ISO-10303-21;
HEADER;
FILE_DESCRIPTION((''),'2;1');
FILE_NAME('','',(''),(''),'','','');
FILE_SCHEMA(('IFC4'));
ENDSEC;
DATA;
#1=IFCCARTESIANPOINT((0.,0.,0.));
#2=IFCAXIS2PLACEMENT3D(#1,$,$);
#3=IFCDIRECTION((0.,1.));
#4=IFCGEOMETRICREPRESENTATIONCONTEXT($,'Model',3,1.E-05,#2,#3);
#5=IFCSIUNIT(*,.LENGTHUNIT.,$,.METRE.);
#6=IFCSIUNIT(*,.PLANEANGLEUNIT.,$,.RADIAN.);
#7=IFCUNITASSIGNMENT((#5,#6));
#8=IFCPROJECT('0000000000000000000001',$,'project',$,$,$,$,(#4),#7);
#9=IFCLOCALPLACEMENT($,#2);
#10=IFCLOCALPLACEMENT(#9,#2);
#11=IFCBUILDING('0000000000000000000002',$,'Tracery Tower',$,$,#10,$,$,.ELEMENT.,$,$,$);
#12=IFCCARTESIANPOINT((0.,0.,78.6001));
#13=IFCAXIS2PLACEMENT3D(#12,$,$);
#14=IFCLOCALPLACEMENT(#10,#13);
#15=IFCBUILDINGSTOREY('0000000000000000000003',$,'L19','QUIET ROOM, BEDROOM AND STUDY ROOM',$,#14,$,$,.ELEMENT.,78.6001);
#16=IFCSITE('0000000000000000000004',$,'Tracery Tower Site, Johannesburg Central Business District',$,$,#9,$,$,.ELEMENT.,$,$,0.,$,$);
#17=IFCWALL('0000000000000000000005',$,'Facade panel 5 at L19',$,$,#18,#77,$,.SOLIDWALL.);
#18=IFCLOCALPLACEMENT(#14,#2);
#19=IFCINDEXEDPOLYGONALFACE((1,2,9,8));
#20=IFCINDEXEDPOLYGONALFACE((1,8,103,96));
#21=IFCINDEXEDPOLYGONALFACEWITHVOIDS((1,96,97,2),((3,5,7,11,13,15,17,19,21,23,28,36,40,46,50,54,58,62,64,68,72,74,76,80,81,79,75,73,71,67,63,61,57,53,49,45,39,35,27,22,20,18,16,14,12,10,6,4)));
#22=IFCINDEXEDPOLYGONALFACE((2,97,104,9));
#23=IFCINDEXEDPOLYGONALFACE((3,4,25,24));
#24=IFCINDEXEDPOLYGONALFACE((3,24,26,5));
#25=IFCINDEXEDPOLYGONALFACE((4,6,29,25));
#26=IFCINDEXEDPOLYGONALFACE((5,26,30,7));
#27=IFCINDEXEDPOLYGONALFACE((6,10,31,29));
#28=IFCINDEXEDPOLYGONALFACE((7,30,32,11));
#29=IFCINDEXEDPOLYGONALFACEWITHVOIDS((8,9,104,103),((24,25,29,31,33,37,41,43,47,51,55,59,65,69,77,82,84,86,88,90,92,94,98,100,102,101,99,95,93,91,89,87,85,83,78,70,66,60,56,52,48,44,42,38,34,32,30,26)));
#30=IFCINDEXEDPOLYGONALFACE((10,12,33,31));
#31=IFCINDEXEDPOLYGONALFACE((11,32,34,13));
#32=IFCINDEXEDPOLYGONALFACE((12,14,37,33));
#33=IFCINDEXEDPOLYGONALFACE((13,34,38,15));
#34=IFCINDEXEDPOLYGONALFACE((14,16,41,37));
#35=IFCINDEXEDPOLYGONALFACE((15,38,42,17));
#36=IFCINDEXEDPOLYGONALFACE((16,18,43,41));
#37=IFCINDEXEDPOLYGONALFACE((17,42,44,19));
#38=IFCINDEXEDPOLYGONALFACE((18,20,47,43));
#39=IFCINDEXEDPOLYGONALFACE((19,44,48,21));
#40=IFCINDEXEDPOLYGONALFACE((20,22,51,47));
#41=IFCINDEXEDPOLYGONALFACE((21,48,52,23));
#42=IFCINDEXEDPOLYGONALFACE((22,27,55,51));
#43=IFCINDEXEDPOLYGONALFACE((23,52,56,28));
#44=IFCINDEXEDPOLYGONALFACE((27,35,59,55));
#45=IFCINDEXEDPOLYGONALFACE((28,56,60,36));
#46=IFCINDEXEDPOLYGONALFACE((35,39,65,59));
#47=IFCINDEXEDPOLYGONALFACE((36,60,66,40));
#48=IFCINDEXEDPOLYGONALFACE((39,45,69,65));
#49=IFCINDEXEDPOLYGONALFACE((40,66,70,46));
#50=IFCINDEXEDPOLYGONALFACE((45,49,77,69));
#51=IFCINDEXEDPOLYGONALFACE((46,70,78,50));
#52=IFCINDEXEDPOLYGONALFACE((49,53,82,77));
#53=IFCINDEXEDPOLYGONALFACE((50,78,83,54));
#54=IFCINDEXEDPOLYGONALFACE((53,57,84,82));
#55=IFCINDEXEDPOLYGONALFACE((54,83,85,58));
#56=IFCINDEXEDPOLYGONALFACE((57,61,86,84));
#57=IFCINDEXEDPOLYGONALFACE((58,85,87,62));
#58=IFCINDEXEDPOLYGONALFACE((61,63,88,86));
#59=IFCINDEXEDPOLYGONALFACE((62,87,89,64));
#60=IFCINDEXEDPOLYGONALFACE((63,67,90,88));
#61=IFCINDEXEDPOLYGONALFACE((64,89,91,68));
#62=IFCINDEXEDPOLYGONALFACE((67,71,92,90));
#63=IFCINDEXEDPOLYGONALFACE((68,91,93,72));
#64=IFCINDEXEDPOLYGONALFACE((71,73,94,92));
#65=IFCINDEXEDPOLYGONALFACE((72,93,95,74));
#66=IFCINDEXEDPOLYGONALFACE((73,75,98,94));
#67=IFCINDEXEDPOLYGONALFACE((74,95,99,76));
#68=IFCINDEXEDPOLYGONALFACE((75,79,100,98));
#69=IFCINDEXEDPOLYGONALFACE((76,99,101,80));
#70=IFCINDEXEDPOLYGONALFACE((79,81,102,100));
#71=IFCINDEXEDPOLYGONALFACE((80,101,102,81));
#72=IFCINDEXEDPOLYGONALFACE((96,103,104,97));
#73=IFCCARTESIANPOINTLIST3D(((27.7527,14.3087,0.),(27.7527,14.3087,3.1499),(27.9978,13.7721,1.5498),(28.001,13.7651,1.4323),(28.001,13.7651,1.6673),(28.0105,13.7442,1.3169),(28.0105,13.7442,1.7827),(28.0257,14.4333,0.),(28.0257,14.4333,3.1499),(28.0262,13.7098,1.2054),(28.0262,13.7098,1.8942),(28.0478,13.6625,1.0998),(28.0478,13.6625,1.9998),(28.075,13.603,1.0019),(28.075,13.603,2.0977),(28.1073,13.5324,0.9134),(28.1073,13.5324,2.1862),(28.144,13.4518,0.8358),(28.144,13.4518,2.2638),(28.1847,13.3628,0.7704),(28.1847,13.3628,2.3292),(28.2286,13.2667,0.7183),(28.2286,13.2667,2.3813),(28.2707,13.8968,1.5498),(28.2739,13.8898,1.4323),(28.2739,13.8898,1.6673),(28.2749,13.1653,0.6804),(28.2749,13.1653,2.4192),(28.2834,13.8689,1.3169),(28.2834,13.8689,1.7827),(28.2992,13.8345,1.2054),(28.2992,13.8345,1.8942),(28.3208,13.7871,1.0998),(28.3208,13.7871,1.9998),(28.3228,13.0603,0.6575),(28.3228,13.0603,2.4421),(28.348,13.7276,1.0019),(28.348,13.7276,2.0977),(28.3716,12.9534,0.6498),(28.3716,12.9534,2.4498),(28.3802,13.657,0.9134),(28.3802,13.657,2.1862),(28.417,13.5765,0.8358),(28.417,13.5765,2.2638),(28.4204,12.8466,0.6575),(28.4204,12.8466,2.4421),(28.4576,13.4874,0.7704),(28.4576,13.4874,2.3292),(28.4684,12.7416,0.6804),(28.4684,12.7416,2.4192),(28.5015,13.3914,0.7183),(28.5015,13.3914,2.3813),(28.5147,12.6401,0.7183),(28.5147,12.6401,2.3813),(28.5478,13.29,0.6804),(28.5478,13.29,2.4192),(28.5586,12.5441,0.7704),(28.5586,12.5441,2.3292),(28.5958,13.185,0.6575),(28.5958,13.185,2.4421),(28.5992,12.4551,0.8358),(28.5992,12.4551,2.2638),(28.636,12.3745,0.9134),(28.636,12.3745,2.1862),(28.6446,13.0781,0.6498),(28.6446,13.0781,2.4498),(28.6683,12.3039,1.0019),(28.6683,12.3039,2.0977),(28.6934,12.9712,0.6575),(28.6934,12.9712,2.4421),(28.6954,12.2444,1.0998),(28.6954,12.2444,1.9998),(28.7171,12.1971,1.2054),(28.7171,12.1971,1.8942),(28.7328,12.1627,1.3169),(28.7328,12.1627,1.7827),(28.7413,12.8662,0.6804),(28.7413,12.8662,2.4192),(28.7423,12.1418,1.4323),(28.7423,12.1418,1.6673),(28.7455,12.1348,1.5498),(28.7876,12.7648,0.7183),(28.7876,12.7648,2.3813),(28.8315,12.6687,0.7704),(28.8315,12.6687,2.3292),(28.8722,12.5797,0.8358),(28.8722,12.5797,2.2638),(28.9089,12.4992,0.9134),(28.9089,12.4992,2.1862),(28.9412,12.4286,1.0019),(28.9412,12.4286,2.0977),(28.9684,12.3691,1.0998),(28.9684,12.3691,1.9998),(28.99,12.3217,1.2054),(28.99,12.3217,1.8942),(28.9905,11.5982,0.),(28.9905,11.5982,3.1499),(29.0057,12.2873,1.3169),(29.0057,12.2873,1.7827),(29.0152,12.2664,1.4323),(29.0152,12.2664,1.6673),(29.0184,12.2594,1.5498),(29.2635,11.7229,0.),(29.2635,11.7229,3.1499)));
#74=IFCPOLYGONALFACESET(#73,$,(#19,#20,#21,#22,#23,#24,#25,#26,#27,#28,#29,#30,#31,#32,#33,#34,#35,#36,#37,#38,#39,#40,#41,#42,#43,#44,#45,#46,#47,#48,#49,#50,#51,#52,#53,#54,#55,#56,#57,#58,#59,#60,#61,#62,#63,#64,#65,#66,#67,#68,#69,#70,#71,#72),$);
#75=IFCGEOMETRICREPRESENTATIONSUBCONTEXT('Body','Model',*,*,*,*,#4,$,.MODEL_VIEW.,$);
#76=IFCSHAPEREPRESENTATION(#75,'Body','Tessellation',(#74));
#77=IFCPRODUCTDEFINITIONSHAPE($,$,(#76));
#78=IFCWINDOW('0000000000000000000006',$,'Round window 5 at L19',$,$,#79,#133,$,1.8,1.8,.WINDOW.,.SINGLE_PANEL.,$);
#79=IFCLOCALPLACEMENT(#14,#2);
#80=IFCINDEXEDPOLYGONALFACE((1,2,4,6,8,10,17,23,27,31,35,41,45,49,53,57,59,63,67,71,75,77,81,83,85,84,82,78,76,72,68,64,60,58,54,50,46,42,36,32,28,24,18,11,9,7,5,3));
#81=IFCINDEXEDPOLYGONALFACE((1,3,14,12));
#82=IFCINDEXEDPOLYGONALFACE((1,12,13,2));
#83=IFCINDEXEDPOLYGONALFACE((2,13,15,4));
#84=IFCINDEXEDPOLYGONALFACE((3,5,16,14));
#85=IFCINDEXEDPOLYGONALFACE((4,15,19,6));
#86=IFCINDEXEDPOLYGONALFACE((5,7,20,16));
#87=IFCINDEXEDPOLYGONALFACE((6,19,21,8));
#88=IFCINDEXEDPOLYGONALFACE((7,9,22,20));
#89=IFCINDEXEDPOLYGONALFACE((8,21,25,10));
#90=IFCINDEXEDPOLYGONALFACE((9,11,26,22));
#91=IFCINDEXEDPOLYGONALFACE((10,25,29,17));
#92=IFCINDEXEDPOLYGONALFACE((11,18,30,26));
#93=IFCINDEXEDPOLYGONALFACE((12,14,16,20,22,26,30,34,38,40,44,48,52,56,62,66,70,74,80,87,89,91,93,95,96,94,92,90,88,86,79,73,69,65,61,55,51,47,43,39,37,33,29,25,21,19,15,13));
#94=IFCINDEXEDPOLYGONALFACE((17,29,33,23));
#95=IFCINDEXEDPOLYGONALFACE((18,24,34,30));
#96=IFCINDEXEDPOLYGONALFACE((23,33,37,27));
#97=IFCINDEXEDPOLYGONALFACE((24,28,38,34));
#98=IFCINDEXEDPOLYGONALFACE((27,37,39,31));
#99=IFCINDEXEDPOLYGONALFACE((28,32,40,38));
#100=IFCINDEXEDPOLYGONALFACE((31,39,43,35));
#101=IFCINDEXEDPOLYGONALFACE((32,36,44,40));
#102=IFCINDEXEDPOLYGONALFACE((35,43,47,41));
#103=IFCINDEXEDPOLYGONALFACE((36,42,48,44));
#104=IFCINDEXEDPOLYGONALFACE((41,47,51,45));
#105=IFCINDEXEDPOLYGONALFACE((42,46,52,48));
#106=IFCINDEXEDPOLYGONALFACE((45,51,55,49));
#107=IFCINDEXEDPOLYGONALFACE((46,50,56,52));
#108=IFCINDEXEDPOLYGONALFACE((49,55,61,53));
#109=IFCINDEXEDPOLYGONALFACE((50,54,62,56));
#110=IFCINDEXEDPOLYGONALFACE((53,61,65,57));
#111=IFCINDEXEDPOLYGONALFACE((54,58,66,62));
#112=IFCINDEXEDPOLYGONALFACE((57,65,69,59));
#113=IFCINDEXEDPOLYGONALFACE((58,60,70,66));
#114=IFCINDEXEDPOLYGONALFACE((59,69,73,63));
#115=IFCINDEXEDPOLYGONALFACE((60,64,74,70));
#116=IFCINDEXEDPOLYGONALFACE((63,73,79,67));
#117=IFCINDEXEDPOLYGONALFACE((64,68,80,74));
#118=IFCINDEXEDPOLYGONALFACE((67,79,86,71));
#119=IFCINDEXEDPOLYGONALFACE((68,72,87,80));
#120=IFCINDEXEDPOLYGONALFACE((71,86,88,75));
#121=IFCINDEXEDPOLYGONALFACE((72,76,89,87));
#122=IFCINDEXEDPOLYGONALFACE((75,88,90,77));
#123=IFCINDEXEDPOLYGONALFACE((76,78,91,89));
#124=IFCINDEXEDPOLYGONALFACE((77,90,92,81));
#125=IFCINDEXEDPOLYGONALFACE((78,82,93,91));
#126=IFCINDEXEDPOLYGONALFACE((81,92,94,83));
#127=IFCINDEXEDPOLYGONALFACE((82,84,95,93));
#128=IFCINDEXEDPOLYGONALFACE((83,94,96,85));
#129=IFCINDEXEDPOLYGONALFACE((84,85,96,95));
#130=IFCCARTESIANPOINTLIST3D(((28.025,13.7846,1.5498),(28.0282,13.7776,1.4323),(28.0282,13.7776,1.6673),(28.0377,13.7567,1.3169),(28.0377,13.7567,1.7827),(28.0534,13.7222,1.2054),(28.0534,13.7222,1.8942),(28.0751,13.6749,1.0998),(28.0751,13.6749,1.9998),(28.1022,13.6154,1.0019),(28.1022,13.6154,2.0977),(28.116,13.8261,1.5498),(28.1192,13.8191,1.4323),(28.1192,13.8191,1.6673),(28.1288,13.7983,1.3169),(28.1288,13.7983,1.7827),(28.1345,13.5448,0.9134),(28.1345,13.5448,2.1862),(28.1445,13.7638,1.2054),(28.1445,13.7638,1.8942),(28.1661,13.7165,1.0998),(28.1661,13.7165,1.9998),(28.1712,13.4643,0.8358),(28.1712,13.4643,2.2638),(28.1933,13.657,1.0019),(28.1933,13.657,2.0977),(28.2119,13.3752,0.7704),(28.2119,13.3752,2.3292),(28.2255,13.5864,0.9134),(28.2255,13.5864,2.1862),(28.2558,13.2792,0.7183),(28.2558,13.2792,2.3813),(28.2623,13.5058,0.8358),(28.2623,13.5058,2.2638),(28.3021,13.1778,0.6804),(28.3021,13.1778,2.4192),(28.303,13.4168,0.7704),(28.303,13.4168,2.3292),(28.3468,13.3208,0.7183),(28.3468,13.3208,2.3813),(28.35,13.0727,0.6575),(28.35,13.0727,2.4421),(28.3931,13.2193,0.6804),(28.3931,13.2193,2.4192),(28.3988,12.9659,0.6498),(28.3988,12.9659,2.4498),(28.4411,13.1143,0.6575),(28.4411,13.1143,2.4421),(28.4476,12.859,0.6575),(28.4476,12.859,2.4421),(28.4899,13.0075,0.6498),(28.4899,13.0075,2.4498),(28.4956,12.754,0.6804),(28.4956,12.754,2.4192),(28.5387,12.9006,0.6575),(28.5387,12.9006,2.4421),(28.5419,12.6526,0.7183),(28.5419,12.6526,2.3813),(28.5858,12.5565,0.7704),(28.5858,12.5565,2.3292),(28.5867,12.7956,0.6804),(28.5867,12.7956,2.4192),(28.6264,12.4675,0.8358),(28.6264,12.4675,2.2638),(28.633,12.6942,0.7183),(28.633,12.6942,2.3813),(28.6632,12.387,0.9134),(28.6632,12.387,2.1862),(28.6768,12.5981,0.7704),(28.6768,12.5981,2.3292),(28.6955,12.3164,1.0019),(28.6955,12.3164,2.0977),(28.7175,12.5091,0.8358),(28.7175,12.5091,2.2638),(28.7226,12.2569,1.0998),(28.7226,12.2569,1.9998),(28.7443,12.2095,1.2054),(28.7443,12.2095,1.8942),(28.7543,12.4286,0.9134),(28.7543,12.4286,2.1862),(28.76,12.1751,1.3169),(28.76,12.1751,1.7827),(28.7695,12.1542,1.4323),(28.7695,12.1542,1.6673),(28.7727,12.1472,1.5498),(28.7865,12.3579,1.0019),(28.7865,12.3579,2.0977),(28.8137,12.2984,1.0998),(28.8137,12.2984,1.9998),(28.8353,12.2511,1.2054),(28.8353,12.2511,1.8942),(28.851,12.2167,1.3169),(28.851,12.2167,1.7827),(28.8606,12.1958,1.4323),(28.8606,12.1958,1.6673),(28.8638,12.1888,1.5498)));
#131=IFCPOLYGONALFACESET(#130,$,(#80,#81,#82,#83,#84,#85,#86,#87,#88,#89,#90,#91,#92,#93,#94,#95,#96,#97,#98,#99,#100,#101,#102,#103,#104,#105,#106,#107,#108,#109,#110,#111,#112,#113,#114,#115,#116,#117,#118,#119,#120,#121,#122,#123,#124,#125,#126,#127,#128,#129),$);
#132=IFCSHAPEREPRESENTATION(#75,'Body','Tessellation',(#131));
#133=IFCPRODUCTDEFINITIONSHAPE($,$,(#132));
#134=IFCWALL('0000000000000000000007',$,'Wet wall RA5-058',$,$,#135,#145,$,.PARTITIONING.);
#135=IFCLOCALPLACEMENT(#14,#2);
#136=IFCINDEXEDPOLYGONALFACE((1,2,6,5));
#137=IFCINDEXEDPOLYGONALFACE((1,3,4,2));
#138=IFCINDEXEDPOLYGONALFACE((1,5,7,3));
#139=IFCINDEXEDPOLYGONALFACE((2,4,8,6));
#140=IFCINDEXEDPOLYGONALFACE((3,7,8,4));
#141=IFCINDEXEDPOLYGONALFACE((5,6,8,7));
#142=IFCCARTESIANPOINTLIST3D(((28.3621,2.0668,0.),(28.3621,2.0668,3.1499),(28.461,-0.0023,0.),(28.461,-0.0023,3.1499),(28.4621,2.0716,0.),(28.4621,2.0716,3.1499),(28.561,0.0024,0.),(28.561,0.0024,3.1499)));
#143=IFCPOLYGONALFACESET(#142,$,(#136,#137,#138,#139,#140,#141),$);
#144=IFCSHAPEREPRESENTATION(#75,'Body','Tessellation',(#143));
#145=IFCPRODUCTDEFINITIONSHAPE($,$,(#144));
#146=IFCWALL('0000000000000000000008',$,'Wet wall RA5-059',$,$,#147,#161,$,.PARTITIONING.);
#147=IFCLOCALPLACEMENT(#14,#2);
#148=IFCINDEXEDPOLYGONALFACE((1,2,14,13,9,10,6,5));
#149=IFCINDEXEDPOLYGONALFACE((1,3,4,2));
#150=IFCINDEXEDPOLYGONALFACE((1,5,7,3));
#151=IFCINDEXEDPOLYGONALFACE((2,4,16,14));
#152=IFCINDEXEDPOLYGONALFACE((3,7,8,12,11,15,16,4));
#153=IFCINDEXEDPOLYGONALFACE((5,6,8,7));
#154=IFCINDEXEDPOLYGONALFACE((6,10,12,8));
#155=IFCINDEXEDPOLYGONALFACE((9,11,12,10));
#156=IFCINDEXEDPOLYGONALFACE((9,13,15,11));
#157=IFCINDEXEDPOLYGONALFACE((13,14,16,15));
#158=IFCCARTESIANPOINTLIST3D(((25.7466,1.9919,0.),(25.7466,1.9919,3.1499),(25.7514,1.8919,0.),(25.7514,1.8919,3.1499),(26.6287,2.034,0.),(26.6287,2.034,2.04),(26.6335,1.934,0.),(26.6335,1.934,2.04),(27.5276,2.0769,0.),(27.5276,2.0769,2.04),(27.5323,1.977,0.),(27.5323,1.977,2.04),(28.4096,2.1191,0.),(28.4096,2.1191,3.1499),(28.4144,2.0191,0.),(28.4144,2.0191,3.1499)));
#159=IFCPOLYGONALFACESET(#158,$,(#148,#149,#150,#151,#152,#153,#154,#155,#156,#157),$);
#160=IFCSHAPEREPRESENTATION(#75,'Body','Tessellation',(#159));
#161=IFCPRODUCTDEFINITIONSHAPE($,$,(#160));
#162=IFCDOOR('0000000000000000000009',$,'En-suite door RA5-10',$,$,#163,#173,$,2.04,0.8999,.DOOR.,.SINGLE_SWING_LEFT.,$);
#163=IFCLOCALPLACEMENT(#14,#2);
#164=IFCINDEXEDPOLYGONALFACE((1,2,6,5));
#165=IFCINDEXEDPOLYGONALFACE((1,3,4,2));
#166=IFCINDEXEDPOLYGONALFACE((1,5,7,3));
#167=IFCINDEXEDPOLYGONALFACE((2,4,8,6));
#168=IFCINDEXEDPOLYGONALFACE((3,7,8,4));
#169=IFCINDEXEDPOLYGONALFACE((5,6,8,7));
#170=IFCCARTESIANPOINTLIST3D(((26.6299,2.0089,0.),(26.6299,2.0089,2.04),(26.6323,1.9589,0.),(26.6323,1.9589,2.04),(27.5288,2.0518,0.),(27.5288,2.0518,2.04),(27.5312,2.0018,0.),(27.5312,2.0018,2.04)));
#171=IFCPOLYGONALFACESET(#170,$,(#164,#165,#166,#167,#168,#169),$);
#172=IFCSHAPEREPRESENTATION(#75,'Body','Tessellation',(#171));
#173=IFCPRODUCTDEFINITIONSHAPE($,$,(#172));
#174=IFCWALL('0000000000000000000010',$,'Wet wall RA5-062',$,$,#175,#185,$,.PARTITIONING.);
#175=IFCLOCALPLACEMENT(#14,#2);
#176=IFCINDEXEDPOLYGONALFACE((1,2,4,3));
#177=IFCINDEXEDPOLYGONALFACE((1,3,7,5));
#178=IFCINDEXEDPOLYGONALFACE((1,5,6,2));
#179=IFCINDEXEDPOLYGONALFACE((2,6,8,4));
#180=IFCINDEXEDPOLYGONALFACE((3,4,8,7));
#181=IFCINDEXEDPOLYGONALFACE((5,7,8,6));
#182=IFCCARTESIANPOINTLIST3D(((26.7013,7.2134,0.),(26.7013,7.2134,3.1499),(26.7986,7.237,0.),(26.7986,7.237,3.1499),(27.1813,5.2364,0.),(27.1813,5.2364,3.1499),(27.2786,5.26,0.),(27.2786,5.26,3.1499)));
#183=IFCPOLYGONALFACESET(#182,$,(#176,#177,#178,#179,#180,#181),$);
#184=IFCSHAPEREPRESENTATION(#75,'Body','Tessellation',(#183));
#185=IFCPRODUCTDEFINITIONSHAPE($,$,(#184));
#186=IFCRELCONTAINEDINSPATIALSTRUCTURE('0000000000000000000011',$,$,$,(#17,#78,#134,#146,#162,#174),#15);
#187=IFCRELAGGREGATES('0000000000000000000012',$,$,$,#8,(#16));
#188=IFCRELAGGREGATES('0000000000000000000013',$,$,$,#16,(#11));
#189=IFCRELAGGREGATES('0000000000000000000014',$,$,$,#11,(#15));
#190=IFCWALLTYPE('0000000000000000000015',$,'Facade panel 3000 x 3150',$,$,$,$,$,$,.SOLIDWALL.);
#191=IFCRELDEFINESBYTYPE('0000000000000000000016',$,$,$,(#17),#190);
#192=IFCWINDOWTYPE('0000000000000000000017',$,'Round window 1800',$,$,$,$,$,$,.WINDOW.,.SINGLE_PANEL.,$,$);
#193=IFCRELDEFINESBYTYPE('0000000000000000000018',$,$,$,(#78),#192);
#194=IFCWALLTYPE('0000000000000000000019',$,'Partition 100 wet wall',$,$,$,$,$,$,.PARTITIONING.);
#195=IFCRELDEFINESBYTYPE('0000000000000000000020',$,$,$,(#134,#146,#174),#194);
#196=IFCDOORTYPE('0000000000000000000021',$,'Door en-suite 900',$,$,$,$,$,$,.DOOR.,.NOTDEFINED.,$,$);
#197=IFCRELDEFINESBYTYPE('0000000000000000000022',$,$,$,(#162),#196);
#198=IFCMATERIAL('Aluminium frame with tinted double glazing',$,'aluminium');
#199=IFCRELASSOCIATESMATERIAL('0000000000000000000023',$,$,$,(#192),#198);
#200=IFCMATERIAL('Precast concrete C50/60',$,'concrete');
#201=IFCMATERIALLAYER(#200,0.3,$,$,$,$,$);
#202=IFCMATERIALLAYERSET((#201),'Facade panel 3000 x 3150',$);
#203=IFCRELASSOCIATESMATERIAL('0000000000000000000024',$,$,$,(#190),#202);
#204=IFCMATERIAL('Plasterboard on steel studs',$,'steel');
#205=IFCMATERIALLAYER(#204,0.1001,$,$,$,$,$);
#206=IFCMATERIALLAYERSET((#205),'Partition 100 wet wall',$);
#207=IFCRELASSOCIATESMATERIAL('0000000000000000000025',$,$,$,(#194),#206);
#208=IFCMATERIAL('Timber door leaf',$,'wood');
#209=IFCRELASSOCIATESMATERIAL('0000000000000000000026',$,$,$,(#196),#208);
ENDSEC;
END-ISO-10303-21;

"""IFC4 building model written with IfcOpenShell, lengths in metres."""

from ifc_helpers import new_model, si_unit, direction, frame, frame_2d, origin, origin_2d, place, context, subcontext, project, spatial, rectangle, circle, extrude, material, layer, layer_set, type_object, element, fill, save


model = new_model("IFC4")

# Units and contexts
model_context = context("Model", 3, precision=1e-05, world=origin(), true_north=direction((0.0, 1.0)))
body_context = subcontext(model_context, "Body", "Model", "MODEL_VIEW")
ifc_project = project(units=[si_unit("LENGTHUNIT", "METRE"), si_unit("PLANEANGLEUNIT", "RADIAN")], contexts=[model_context])

# Site, building, storey
site_placement = place(None, origin())
site = spatial("IfcSite", under=ifc_project, at=site_placement, Name="Tracery Tower Site, Johannesburg Central Business District", CompositionType="ELEMENT", RefElevation=0.0)
building_placement = place(site_placement, origin())
building = spatial("IfcBuilding", under=site, at=building_placement, Name="Tracery Tower", CompositionType="ELEMENT")
storey_placement = place(building_placement, frame((0.0, 0.0, 78.6001)))
storey = spatial("IfcBuildingStorey", under=building, at=storey_placement, Name="L19", Description="QUIET ROOM, BEDROOM AND STUDY ROOM", CompositionType="ELEMENT", Elevation=78.6001)

# Wall, opening, window
ifc_material_1 = material(Name="Aluminium frame with tinted double glazing", Category="aluminium")
window_type = type_object("IfcWindowType", Name="Round window 1800", PartitioningType="SINGLE_PANEL", PredefinedType="WINDOW", material=ifc_material_1)
ifc_material_2 = material(Name="Precast concrete C50/60", Category="concrete")
ifc_layer_1 = layer(ifc_material_2, 0.3)
ifc_layer_set_1 = layer_set([ifc_layer_1], Name="Facade panel 3000 x 3150")
wall_type_1 = type_object("IfcWallType", Name="Facade panel 3000 x 3150", PredefinedType="SOLIDWALL", material=ifc_layer_set_1)
wall_1_placement = place(storey_placement, frame((29.127, 11.6606, 0.0), z_axis=(0.0, 0.0, 1.0), x_axis=(-0.415407, 0.909636, 0.0)))
wall_1 = element("IfcWall", 1, at=wall_1_placement, inside=storey, type_object=wall_type_1, Name="Facade panel 5 at L19", PredefinedType="SOLIDWALL", context=body_context, shape_type="SweptSolid", body=[
    extrude(rectangle(XDim=2.9797, YDim=0.3, at=frame_2d((1.4897, 0.0))), origin(), (0.0, 0.0, 1.0), 3.1499),
])
opening_1_placement = place(wall_1_placement, frame((1.4897, 0.0, 1.5498)))
opening_1 = element("IfcOpeningElement", 2, at=opening_1_placement, cuts=wall_1, PredefinedType="OPENING", context=body_context, shape_type="SweptSolid", body=[
    extrude(circle(Radius=0.9, at=origin_2d()), frame((0.0, 0.1599, 0.0), z_axis=(0.0, -1.0, 0.0), x_axis=(1.0, 0.0, 0.0)), (0.0, 0.0, 1.0), 0.3201),
])
window_1_placement = place(opening_1_placement, origin())
window_1 = element("IfcWindow", 3, at=window_1_placement, inside=storey, type_object=window_type, Name="Round window 5 at L19", OverallHeight=1.8, OverallWidth=1.8, PartitioningType="SINGLE_PANEL", PredefinedType="WINDOW", context=body_context, shape_type="SweptSolid", body=[
    extrude(circle(Radius=0.9, at=origin_2d()), frame((0.0, 0.1201, 0.0), z_axis=(0.0, -1.0, 0.0), x_axis=(1.0, 0.0, 0.0)), (0.0, 0.0, 1.0), 0.1001),
])
fill(opening_1, window_1)

# Wall
ifc_material_3 = material(Name="Plasterboard on steel studs", Category="steel")
ifc_layer_2 = layer(ifc_material_3, 0.1001)
ifc_layer_set_2 = layer_set([ifc_layer_2], Name="Partition 100 wet wall")
wall_type_2 = type_object("IfcWallType", Name="Partition 100 wet wall", PredefinedType="PARTITIONING", material=ifc_layer_set_2)
wall_2_placement = place(storey_placement, frame((28.4121, 2.0691, 0.0), z_axis=(0.0, 0.0, 1.0), x_axis=(0.047733, -0.99886, 0.0)))
element("IfcWall", 4, at=wall_2_placement, inside=storey, type_object=wall_type_2, Name="Wet wall RA5-058", PredefinedType="PARTITIONING", context=body_context, shape_type="SweptSolid", body=[
    extrude(rectangle(XDim=2.0715, YDim=0.1001, at=frame_2d((1.0356, 0.0))), origin(), (0.0, 0.0, 1.0), 3.1499),
])

# Wall, opening, door
wall_3_placement = place(storey_placement, frame((25.749, 1.9419, 0.0), z_axis=(0.0, 0.0, 1.0), x_axis=(0.998861, 0.047709, 0.0)))
wall_3 = element("IfcWall", 5, at=wall_3_placement, inside=storey, type_object=wall_type_2, Name="Wet wall RA5-059", PredefinedType="PARTITIONING", context=body_context, shape_type="SweptSolid", body=[
    extrude(rectangle(XDim=2.666, YDim=0.1001, at=frame_2d((1.333, 0.0))), origin(), (0.0, 0.0, 1.0), 3.1499),
])
opening_2_placement = place(wall_3_placement, frame((0.8831, 0.0, 0.0)))
opening_2 = element("IfcOpeningElement", 6, at=opening_2_placement, cuts=wall_3, PredefinedType="OPENING", context=body_context, shape_type="SweptSolid", body=[
    extrude(rectangle(XDim=0.8999, YDim=2.04, at=frame_2d((0.45, 1.02))), frame((0.0, 0.05, 0.0), z_axis=(0.0, -1.0, 0.0), x_axis=(1.0, 0.0, 0.0)), (0.0, 0.0, 1.0), 0.1001),
])
ifc_material_4 = material(Name="Timber door leaf", Category="wood")
door_type = type_object("IfcDoorType", Name="Door en-suite 900", OperationType="NOTDEFINED", PredefinedType="DOOR", material=ifc_material_4)
door_1_placement = place(opening_2_placement, origin())
door_1 = element("IfcDoor", 7, at=door_1_placement, inside=storey, type_object=door_type, Name="En-suite door RA5-10", OperationType="SINGLE_SWING_LEFT", OverallHeight=2.04, OverallWidth=0.8999, PredefinedType="DOOR", context=body_context, shape_type="SweptSolid", body=[
    extrude(rectangle(XDim=0.8999, YDim=2.04, at=frame_2d((0.45, 1.02))), frame((0.0, 0.0249, 0.0), z_axis=(0.0, -1.0, 0.0), x_axis=(1.0, 0.0, 0.0)), (0.0, 0.0, 1.0), 0.05),
])
fill(opening_2, door_1)

# Wall
wall_4_placement = place(storey_placement, frame((26.75, 7.2251, 0.0), z_axis=(0.0, 0.0, 1.0), x_axis=(0.235923, -0.971772, 0.0)))
element("IfcWall", 8, at=wall_4_placement, inside=storey, type_object=wall_type_2, Name="Wet wall RA5-062", PredefinedType="PARTITIONING", context=body_context, shape_type="SweptSolid", body=[
    extrude(rectangle(XDim=2.0344, YDim=0.1001, at=frame_2d((1.0171, 0.0))), origin(), (0.0, 0.0, 1.0), 3.1499),
])

save(model, "model.ifc")
